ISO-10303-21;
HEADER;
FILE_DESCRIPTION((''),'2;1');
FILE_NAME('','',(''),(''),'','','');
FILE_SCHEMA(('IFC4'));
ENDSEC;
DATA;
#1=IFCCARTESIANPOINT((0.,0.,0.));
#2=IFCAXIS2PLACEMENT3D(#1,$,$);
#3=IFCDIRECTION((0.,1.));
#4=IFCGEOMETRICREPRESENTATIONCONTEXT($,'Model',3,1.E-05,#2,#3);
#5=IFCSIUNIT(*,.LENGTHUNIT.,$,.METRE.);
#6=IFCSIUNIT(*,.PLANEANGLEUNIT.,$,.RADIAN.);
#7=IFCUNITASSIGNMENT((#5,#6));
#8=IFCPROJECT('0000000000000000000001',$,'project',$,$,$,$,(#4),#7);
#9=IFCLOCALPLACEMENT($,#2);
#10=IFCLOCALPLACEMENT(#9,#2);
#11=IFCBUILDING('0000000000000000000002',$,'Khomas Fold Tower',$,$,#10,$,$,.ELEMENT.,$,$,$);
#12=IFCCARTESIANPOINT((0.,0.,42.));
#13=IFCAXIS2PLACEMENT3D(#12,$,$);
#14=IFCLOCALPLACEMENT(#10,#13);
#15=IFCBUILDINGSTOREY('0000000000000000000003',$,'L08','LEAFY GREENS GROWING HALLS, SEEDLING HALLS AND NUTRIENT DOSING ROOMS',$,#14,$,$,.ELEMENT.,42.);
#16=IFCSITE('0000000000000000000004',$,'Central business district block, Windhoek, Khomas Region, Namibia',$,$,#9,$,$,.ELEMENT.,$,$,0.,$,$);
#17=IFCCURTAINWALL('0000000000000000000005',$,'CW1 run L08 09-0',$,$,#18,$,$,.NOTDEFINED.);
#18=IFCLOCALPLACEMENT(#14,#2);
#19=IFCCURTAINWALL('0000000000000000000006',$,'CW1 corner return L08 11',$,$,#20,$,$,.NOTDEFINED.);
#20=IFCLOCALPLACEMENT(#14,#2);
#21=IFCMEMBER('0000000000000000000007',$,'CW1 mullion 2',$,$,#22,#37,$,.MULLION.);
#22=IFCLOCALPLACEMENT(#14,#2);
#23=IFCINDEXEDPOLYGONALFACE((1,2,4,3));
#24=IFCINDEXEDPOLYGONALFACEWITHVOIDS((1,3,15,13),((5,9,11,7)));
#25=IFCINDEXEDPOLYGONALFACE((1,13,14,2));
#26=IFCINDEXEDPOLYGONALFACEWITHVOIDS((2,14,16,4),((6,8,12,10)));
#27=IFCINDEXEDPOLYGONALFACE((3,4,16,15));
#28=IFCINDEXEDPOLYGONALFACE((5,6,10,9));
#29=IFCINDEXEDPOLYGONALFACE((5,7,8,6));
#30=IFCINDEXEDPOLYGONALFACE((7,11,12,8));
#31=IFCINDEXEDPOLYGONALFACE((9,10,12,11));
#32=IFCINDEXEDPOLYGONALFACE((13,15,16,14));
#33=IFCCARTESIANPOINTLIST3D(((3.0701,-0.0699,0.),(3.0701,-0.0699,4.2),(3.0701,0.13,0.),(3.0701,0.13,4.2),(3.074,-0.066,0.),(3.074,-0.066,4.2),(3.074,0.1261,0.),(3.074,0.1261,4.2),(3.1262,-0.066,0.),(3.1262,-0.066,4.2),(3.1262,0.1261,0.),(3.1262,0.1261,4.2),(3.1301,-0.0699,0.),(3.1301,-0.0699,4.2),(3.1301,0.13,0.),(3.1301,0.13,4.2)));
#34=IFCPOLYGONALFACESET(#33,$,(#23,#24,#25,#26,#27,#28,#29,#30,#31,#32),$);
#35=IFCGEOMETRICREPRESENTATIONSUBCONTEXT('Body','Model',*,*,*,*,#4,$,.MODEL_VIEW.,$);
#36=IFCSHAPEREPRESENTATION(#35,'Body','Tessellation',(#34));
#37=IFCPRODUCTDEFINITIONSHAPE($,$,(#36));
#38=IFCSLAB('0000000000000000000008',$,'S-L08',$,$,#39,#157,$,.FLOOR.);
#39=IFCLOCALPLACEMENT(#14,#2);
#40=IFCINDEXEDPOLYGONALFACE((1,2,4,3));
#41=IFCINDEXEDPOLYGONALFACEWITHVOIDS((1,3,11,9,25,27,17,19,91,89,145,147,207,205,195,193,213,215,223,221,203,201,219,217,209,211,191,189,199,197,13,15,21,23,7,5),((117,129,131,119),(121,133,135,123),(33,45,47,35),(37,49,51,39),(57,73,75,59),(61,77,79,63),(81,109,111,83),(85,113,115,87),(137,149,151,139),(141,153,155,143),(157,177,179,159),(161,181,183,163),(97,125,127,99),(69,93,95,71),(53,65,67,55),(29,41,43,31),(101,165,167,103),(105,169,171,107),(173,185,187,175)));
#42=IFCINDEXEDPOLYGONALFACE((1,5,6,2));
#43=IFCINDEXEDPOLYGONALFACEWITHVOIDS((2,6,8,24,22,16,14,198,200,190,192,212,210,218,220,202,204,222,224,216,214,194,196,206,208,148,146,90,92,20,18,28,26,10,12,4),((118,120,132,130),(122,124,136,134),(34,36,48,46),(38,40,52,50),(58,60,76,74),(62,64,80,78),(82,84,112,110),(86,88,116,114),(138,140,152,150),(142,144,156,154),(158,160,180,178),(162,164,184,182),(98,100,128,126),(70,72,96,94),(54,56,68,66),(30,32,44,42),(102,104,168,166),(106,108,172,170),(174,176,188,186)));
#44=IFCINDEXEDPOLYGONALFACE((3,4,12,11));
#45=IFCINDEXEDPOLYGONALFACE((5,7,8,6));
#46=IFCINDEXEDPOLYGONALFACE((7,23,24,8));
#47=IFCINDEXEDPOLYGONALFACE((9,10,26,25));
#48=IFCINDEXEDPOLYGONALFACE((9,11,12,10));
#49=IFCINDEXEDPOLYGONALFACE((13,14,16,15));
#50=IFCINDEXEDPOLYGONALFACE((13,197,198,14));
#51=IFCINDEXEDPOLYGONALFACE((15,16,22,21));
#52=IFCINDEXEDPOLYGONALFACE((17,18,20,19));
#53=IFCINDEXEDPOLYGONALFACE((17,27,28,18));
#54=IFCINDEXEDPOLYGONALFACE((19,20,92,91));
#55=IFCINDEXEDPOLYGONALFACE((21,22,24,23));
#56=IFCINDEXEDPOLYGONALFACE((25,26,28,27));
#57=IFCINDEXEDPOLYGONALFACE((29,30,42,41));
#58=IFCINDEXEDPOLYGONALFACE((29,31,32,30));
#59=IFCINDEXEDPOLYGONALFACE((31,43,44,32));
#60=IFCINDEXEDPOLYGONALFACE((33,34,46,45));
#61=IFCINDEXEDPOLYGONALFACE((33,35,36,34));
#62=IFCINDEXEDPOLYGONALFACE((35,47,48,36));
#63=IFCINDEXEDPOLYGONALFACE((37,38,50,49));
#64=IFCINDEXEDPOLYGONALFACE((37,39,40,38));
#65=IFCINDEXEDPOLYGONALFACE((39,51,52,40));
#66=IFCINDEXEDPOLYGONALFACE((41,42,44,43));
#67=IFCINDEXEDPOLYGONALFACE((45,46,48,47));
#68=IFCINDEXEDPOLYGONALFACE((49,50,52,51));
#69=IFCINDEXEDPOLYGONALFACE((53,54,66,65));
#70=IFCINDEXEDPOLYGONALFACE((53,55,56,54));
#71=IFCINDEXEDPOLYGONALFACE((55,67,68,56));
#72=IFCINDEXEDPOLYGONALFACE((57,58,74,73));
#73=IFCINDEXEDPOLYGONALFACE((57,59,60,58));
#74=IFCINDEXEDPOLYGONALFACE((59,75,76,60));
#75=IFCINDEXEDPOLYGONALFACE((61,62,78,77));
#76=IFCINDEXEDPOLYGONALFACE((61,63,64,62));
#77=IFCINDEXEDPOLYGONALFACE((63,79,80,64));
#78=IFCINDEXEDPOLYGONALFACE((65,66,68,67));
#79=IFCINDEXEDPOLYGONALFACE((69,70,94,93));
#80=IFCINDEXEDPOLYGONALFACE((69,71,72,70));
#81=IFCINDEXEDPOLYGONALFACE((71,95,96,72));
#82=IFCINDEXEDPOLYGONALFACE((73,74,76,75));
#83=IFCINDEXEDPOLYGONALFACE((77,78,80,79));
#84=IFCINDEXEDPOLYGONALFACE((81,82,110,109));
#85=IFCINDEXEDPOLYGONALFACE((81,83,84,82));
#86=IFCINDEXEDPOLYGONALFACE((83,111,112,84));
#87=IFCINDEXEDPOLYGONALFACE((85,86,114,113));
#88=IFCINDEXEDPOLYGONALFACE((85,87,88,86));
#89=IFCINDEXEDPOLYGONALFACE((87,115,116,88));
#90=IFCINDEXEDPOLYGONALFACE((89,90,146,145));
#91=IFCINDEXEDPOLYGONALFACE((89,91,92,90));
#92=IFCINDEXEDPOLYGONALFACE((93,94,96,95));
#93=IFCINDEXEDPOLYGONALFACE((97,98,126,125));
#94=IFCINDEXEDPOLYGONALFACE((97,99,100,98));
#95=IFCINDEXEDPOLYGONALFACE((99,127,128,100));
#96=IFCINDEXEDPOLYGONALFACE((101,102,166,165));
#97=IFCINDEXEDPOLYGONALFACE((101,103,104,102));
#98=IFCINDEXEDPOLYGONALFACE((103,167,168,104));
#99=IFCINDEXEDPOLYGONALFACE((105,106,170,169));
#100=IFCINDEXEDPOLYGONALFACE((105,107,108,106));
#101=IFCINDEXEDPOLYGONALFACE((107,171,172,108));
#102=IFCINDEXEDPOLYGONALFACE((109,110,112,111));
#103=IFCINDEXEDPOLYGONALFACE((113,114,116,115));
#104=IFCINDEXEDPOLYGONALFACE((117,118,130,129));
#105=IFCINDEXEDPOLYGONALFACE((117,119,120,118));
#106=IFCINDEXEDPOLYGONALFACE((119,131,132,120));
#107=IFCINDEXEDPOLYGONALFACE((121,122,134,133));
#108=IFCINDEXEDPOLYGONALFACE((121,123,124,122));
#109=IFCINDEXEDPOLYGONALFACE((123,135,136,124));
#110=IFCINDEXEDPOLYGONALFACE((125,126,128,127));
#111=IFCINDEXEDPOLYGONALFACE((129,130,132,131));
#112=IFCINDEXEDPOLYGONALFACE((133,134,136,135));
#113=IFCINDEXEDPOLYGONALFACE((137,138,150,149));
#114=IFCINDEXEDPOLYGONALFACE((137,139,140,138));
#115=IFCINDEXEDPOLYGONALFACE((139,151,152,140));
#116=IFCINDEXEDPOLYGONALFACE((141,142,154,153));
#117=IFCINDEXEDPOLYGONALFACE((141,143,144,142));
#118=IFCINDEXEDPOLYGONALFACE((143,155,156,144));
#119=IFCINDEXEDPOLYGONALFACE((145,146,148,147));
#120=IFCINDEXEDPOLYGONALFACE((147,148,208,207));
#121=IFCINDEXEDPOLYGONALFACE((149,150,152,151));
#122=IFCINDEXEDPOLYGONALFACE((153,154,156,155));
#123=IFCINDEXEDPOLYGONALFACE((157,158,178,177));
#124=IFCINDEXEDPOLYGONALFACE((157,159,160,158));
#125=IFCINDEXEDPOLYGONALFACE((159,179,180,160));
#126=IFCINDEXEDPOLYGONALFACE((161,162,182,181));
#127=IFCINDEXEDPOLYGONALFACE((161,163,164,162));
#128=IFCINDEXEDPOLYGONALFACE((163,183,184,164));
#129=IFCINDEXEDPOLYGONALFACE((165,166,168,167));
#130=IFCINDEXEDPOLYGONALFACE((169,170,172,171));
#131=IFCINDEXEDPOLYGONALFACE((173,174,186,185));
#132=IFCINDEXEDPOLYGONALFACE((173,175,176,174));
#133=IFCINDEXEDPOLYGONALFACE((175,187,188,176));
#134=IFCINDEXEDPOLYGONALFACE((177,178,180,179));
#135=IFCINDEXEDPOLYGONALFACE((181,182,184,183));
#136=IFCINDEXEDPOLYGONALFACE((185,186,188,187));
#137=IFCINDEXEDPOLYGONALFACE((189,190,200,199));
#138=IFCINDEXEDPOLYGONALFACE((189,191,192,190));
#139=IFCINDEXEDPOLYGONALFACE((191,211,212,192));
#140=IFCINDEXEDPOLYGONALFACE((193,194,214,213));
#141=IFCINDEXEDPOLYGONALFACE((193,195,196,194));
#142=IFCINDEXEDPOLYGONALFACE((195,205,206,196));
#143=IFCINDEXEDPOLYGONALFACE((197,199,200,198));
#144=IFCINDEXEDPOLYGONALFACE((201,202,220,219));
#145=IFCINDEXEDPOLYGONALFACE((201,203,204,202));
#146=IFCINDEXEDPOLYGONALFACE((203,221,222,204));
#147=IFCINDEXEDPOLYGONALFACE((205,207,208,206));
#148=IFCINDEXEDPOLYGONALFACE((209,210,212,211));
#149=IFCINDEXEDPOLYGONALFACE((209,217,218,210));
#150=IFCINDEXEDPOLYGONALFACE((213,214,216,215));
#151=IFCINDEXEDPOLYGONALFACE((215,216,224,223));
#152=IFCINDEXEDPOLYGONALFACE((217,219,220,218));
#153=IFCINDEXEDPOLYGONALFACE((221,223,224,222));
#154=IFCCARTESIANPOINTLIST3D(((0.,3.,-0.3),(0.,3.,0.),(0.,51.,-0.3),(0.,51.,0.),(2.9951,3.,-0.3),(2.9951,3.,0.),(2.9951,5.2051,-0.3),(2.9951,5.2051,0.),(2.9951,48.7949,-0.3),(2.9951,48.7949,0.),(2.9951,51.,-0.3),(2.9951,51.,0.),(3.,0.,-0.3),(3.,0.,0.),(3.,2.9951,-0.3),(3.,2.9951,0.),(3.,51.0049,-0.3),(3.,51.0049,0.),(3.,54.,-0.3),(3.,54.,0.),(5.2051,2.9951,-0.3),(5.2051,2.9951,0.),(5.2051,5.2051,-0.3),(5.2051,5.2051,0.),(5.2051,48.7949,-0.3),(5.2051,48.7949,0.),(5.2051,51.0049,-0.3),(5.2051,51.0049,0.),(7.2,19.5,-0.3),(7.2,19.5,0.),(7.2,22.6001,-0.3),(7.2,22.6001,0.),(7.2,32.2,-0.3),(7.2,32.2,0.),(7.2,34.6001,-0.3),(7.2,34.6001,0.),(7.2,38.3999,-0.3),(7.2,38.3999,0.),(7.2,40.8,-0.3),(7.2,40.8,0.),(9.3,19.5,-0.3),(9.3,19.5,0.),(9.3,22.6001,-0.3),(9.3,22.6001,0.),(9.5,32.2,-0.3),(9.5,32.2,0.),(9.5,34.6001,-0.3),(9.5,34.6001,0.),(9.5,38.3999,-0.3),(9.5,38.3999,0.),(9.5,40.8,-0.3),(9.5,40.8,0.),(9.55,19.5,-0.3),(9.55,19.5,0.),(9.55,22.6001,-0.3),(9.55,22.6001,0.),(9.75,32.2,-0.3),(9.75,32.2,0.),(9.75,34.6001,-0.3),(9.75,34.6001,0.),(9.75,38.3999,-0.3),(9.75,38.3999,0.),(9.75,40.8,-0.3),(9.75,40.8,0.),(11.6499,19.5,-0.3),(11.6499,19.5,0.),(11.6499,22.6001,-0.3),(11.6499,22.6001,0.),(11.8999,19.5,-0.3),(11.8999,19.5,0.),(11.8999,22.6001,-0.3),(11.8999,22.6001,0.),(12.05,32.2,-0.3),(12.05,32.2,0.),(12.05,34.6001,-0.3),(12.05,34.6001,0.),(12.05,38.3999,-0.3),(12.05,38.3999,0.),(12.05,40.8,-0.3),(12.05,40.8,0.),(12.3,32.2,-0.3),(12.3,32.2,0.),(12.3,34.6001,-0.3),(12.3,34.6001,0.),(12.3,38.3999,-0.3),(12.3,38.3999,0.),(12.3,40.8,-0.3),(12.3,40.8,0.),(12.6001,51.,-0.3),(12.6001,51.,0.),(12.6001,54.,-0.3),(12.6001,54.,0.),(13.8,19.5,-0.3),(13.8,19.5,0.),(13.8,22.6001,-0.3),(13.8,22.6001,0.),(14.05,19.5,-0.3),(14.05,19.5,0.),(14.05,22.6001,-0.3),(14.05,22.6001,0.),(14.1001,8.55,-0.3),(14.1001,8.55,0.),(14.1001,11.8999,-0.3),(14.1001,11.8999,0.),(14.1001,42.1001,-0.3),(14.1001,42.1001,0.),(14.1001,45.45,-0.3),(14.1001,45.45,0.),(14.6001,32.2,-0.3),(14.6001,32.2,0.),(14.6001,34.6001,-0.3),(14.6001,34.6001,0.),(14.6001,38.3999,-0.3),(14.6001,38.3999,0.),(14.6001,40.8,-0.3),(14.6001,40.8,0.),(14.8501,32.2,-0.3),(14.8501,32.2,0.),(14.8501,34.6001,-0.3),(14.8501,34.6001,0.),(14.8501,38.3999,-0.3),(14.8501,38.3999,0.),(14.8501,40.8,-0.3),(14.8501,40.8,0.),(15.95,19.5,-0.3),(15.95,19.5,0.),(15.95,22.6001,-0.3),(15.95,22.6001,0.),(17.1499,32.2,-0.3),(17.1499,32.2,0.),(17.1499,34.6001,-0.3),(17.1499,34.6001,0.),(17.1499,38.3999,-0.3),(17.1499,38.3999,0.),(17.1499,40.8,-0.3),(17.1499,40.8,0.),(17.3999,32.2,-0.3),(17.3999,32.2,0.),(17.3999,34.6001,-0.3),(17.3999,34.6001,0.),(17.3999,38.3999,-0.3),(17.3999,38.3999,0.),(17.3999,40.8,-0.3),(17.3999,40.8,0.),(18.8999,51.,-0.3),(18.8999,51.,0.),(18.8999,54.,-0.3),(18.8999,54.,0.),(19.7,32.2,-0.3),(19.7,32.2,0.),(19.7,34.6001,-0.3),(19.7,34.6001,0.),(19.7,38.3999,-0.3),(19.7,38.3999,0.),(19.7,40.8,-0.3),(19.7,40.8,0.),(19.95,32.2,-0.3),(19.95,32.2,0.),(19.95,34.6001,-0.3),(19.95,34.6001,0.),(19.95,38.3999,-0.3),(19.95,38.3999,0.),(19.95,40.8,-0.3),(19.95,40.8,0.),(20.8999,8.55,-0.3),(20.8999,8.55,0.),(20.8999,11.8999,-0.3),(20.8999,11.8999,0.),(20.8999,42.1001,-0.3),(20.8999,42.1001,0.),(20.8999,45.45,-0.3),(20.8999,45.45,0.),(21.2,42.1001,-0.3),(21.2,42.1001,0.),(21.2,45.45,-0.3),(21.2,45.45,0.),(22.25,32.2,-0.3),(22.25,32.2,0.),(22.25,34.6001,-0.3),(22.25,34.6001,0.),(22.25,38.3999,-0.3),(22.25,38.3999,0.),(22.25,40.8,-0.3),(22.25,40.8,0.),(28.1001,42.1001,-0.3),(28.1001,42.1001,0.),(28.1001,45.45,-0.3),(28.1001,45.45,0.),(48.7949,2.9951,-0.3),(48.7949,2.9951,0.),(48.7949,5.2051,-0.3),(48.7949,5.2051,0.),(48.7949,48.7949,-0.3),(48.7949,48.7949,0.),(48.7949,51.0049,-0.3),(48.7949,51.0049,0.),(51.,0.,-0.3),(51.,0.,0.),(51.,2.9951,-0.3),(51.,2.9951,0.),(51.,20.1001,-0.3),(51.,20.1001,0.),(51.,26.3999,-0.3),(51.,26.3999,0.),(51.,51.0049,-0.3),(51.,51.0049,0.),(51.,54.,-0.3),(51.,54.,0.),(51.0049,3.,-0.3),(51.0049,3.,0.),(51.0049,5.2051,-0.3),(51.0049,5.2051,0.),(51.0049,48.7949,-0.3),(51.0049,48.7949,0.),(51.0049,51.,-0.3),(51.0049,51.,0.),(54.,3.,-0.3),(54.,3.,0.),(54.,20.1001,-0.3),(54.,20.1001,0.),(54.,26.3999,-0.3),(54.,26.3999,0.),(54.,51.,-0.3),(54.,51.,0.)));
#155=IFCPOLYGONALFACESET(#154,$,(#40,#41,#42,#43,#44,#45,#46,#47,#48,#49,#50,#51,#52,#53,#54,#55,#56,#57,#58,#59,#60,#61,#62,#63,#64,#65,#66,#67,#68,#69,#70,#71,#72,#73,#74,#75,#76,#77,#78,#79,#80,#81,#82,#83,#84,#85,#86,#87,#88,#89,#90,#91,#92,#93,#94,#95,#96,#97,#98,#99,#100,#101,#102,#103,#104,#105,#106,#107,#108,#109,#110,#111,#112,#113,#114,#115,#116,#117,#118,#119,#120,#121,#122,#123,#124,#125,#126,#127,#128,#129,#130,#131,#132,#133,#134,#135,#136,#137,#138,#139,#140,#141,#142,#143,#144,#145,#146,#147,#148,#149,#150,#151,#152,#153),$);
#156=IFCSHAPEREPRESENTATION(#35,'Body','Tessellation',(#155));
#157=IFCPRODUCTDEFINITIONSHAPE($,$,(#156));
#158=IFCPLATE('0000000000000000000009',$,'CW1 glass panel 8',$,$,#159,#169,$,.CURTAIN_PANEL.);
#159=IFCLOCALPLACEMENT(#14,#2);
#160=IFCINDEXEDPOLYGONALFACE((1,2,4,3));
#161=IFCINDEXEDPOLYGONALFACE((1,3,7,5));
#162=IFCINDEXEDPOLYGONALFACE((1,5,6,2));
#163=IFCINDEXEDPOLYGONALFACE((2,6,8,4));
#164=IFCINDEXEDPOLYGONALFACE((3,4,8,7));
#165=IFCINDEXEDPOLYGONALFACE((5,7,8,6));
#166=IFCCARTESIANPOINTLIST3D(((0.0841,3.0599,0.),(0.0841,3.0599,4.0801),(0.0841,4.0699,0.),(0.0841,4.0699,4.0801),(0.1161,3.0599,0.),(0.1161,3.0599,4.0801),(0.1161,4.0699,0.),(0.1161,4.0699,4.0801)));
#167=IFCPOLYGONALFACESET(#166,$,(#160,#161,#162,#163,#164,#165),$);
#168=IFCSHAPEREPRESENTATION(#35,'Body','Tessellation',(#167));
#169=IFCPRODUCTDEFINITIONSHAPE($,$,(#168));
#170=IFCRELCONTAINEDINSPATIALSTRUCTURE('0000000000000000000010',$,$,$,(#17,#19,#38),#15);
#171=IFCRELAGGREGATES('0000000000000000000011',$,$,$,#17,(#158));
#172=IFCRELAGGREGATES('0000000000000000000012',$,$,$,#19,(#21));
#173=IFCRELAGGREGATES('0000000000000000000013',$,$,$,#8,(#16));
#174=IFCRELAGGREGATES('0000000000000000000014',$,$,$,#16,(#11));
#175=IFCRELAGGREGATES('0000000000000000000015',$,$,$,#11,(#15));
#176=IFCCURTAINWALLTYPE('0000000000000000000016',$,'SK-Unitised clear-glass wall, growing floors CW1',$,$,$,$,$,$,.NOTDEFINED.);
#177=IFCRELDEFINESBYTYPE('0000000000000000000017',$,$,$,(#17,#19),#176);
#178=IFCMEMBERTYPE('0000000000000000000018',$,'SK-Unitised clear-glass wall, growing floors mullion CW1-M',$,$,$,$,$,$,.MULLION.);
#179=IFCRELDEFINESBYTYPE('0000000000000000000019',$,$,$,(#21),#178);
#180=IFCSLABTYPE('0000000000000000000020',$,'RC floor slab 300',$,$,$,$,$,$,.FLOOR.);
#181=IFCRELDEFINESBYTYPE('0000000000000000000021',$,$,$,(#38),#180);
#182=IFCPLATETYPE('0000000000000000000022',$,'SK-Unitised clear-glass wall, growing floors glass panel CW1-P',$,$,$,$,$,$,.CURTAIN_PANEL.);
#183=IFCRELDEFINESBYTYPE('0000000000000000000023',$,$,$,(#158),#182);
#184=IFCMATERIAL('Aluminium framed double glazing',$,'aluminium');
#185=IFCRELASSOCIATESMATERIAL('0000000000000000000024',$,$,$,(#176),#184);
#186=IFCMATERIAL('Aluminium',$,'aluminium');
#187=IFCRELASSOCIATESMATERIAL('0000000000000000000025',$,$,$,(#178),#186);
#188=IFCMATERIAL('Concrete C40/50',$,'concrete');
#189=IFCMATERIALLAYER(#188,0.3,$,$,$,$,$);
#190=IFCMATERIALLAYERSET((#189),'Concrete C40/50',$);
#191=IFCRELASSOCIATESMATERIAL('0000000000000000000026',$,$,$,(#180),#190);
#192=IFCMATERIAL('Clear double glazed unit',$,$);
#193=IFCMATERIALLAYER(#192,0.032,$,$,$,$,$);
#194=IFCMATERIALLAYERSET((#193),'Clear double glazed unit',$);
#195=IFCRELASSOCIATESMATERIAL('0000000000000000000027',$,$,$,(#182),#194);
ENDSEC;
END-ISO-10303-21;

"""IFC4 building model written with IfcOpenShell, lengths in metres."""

from ifc_helpers import new_model, si_unit, direction, frame, origin, origin_2d, place, context, subcontext, project, spatial, polyline, rectangle, hollow_rectangle, outline, extrude, source, transform, mapped, material, layer, layer_set, material_profile, profile_set, type_object, element, aggregate, save


model = new_model("IFC4")

# Units and contexts
model_context = context("Model", 3, precision=1e-05, world=origin(), true_north=direction((0.0, 1.0)))
body_context = subcontext(model_context, "Body", "Model", "MODEL_VIEW")
ifc_project = project(units=[si_unit("LENGTHUNIT", "METRE"), si_unit("PLANEANGLEUNIT", "RADIAN")], contexts=[model_context])

# Site, building, storey
site_placement = place(None, origin())
site = spatial("IfcSite", under=ifc_project, at=site_placement, Name="Central business district block, Windhoek, Khomas Region, Namibia", CompositionType="ELEMENT", RefElevation=0.0)
building_placement = place(site_placement, origin())
building = spatial("IfcBuilding", under=site, at=building_placement, Name="Khomas Fold Tower", CompositionType="ELEMENT")
storey_placement = place(building_placement, frame((0.0, 0.0, 42.0)))
storey = spatial("IfcBuildingStorey", under=building, at=storey_placement, Name="L08", Description="LEAFY GREENS GROWING HALLS, SEEDLING HALLS AND NUTRIENT DOSING ROOMS", CompositionType="ELEMENT", Elevation=42.0)

# Curtain walls
ifc_material_1 = material(Name="Aluminium framed double glazing", Category="aluminium")
curtain_wall_type = type_object("IfcCurtainWallType", Name="SK-Unitised clear-glass wall, growing floors CW1", PredefinedType="NOTDEFINED", material=ifc_material_1)
curtain_wall_1_placement = place(storey_placement, origin())
curtain_wall_1 = element("IfcCurtainWall", 1, at=curtain_wall_1_placement, inside=storey, type_object=curtain_wall_type, Name="CW1 run L08 09-0", PredefinedType="NOTDEFINED")
curtain_wall_2_placement = place(storey_placement, origin())
curtain_wall_2 = element("IfcCurtainWall", 2, at=curtain_wall_2_placement, inside=storey, type_object=curtain_wall_type, Name="CW1 corner return L08 11", PredefinedType="NOTDEFINED")

# Member
ifc_material_2 = material(Name="Aluminium", Category="aluminium")
ifc_material_profile_1 = material_profile(ifc_material_2, hollow_rectangle(XDim=0.0601, YDim=0.2, WallThickness=0.0039, at=origin_2d()), Name="SK-Unitised clear-glass wall, growing floors mullion CW1-M")
ifc_profile_set_1 = profile_set([ifc_material_profile_1], Name="Aluminium")
member_type_1 = type_object("IfcMemberType", Name="SK-Unitised clear-glass wall, growing floors mullion CW1-M", PredefinedType="MULLION", material=ifc_profile_set_1)
shared_shape_1 = source(origin(), body_context, "Body", "SweptSolid", [
    extrude(hollow_rectangle(XDim=0.0601, YDim=0.2, WallThickness=0.0039, at=origin_2d()), origin(), (0.0, 0.0, 1.0), 4.2),
])
member_1_placement = place(storey_placement, frame((3.1001, 0.03, 0.0), z_axis=(0.0, 0.0, 1.0), x_axis=(1.0, 0.0, 0.0)))
member_1 = element("IfcMember", 3, at=member_1_placement, type_object=member_type_1, Name="CW1 mullion 2", PredefinedType="MULLION", context=body_context, shape_type="MappedRepresentation", body=[
    mapped(shared_shape_1, transform((0.0, 0.0, 0.0))),
])

# Slab
ifc_material_3 = material(Name="Concrete C40/50", Category="concrete")
ifc_layer_1 = layer(ifc_material_3, 0.3)
ifc_layer_set_1 = layer_set([ifc_layer_1], Name="Concrete C40/50")
slab_type_1 = type_object("IfcSlabType", Name="RC floor slab 300", PredefinedType="FLOOR", material=ifc_layer_set_1)
shared_shape_2 = source(origin(), body_context, "Body", "SweptSolid", [
    extrude(outline(polyline([(0.0, 3.0), (2.9951, 3.0), (2.9951, 5.2051), (5.2051, 5.2051), (5.2051, 2.9951), (3.0, 2.9951), (3.0, 0.0), (51.0, 0.0), (51.0, 2.9951), (48.7949, 2.9951), (48.7949, 5.2051), (51.0049, 5.2051), (51.0049, 3.0), (54.0, 3.0), (54.0, 20.1001), (51.0, 20.1001), (51.0, 26.3999), (54.0, 26.3999), (54.0, 51.0), (51.0049, 51.0), (51.0049, 48.7949), (48.7949, 48.7949), (48.7949, 51.0049), (51.0, 51.0049), (51.0, 54.0), (18.8999, 54.0), (18.8999, 51.0), (12.6001, 51.0), (12.6001, 54.0), (3.0, 54.0), (3.0, 51.0049), (5.2051, 51.0049), (5.2051, 48.7949), (2.9951, 48.7949), (2.9951, 51.0), (0.0, 51.0), (0.0, 3.0)]), holes=[polyline([(7.2, 19.5), (7.2, 22.6001), (9.3, 22.6001), (9.3, 19.5), (7.2, 19.5)]), polyline([(7.2, 32.2), (7.2, 34.6001), (9.5, 34.6001), (9.5, 32.2), (7.2, 32.2)]), polyline([(7.2, 38.3999), (7.2, 40.8), (9.5, 40.8), (9.5, 38.3999), (7.2, 38.3999)]), polyline([(9.55, 19.5), (9.55, 22.6001), (11.6499, 22.6001), (11.6499, 19.5), (9.55, 19.5)]), polyline([(9.75, 32.2), (9.75, 34.6001), (12.05, 34.6001), (12.05, 32.2), (9.75, 32.2)]), polyline([(9.75, 38.3999), (9.75, 40.8), (12.05, 40.8), (12.05, 38.3999), (9.75, 38.3999)]), polyline([(11.8999, 19.5), (11.8999, 22.6001), (13.8, 22.6001), (13.8, 19.5), (11.8999, 19.5)]), polyline([(12.3, 32.2), (12.3, 34.6001), (14.6001, 34.6001), (14.6001, 32.2), (12.3, 32.2)]), polyline([(12.3, 38.3999), (12.3, 40.8), (14.6001, 40.8), (14.6001, 38.3999), (12.3, 38.3999)]), polyline([(14.05, 19.5), (14.05, 22.6001), (15.95, 22.6001), (15.95, 19.5), (14.05, 19.5)]), polyline([(14.1001, 8.55), (14.1001, 11.8999), (20.8999, 11.8999), (20.8999, 8.55), (14.1001, 8.55)]), polyline([(14.1001, 42.1001), (14.1001, 45.45), (20.8999, 45.45), (20.8999, 42.1001), (14.1001, 42.1001)]), polyline([(14.8501, 32.2), (14.8501, 34.6001), (17.1499, 34.6001), (17.1499, 32.2), (14.8501, 32.2)]), polyline([(14.8501, 38.3999), (14.8501, 40.8), (17.1499, 40.8), (17.1499, 38.3999), (14.8501, 38.3999)]), polyline([(17.3999, 32.2), (17.3999, 34.6001), (19.7, 34.6001), (19.7, 32.2), (17.3999, 32.2)]), polyline([(17.3999, 38.3999), (17.3999, 40.8), (19.7, 40.8), (19.7, 38.3999), (17.3999, 38.3999)]), polyline([(19.95, 32.2), (19.95, 34.6001), (22.25, 34.6001), (22.25, 32.2), (19.95, 32.2)]), polyline([(19.95, 38.3999), (19.95, 40.8), (22.25, 40.8), (22.25, 38.3999), (19.95, 38.3999)]), polyline([(21.2, 42.1001), (21.2, 45.45), (28.1001, 45.45), (28.1001, 42.1001), (21.2, 42.1001)])]), origin(), (0.0, 0.0, 1.0), 0.3),
])
slab_1_placement = place(storey_placement, frame((0.0, 0.0, -0.3)))
element("IfcSlab", 4, at=slab_1_placement, inside=storey, type_object=slab_type_1, Name="S-L08", PredefinedType="FLOOR", context=body_context, shape_type="MappedRepresentation", body=[
    mapped(shared_shape_2, transform((0.0, 0.0, 0.0))),
])

# Plate
ifc_material_4 = material(Name="Clear double glazed unit")
ifc_layer_2 = layer(ifc_material_4, 0.032)
ifc_layer_set_2 = layer_set([ifc_layer_2], Name="Clear double glazed unit")
plate_type = type_object("IfcPlateType", Name="SK-Unitised clear-glass wall, growing floors glass panel CW1-P", PredefinedType="CURTAIN_PANEL", material=ifc_layer_set_2)
shared_shape_3 = source(origin(), body_context, "Body", "SweptSolid", [
    extrude(rectangle(XDim=1.01, YDim=0.032, at=origin_2d()), origin(), (0.0, 0.0, 1.0), 4.0801),
])
plate_1_placement = place(storey_placement, frame((0.1001, 3.5649, 0.0), z_axis=(0.0, 0.0, 1.0), x_axis=(0.0, -1.0, 0.0)))
plate_1 = element("IfcPlate", 5, at=plate_1_placement, type_object=plate_type, Name="CW1 glass panel 8", PredefinedType="CURTAIN_PANEL", context=body_context, shape_type="MappedRepresentation", body=[
    mapped(shared_shape_3, transform((0.0, 0.0, 0.0))),
])
aggregate(curtain_wall_1, [plate_1])
aggregate(curtain_wall_2, [member_1])

save(model, "model.ifc")
